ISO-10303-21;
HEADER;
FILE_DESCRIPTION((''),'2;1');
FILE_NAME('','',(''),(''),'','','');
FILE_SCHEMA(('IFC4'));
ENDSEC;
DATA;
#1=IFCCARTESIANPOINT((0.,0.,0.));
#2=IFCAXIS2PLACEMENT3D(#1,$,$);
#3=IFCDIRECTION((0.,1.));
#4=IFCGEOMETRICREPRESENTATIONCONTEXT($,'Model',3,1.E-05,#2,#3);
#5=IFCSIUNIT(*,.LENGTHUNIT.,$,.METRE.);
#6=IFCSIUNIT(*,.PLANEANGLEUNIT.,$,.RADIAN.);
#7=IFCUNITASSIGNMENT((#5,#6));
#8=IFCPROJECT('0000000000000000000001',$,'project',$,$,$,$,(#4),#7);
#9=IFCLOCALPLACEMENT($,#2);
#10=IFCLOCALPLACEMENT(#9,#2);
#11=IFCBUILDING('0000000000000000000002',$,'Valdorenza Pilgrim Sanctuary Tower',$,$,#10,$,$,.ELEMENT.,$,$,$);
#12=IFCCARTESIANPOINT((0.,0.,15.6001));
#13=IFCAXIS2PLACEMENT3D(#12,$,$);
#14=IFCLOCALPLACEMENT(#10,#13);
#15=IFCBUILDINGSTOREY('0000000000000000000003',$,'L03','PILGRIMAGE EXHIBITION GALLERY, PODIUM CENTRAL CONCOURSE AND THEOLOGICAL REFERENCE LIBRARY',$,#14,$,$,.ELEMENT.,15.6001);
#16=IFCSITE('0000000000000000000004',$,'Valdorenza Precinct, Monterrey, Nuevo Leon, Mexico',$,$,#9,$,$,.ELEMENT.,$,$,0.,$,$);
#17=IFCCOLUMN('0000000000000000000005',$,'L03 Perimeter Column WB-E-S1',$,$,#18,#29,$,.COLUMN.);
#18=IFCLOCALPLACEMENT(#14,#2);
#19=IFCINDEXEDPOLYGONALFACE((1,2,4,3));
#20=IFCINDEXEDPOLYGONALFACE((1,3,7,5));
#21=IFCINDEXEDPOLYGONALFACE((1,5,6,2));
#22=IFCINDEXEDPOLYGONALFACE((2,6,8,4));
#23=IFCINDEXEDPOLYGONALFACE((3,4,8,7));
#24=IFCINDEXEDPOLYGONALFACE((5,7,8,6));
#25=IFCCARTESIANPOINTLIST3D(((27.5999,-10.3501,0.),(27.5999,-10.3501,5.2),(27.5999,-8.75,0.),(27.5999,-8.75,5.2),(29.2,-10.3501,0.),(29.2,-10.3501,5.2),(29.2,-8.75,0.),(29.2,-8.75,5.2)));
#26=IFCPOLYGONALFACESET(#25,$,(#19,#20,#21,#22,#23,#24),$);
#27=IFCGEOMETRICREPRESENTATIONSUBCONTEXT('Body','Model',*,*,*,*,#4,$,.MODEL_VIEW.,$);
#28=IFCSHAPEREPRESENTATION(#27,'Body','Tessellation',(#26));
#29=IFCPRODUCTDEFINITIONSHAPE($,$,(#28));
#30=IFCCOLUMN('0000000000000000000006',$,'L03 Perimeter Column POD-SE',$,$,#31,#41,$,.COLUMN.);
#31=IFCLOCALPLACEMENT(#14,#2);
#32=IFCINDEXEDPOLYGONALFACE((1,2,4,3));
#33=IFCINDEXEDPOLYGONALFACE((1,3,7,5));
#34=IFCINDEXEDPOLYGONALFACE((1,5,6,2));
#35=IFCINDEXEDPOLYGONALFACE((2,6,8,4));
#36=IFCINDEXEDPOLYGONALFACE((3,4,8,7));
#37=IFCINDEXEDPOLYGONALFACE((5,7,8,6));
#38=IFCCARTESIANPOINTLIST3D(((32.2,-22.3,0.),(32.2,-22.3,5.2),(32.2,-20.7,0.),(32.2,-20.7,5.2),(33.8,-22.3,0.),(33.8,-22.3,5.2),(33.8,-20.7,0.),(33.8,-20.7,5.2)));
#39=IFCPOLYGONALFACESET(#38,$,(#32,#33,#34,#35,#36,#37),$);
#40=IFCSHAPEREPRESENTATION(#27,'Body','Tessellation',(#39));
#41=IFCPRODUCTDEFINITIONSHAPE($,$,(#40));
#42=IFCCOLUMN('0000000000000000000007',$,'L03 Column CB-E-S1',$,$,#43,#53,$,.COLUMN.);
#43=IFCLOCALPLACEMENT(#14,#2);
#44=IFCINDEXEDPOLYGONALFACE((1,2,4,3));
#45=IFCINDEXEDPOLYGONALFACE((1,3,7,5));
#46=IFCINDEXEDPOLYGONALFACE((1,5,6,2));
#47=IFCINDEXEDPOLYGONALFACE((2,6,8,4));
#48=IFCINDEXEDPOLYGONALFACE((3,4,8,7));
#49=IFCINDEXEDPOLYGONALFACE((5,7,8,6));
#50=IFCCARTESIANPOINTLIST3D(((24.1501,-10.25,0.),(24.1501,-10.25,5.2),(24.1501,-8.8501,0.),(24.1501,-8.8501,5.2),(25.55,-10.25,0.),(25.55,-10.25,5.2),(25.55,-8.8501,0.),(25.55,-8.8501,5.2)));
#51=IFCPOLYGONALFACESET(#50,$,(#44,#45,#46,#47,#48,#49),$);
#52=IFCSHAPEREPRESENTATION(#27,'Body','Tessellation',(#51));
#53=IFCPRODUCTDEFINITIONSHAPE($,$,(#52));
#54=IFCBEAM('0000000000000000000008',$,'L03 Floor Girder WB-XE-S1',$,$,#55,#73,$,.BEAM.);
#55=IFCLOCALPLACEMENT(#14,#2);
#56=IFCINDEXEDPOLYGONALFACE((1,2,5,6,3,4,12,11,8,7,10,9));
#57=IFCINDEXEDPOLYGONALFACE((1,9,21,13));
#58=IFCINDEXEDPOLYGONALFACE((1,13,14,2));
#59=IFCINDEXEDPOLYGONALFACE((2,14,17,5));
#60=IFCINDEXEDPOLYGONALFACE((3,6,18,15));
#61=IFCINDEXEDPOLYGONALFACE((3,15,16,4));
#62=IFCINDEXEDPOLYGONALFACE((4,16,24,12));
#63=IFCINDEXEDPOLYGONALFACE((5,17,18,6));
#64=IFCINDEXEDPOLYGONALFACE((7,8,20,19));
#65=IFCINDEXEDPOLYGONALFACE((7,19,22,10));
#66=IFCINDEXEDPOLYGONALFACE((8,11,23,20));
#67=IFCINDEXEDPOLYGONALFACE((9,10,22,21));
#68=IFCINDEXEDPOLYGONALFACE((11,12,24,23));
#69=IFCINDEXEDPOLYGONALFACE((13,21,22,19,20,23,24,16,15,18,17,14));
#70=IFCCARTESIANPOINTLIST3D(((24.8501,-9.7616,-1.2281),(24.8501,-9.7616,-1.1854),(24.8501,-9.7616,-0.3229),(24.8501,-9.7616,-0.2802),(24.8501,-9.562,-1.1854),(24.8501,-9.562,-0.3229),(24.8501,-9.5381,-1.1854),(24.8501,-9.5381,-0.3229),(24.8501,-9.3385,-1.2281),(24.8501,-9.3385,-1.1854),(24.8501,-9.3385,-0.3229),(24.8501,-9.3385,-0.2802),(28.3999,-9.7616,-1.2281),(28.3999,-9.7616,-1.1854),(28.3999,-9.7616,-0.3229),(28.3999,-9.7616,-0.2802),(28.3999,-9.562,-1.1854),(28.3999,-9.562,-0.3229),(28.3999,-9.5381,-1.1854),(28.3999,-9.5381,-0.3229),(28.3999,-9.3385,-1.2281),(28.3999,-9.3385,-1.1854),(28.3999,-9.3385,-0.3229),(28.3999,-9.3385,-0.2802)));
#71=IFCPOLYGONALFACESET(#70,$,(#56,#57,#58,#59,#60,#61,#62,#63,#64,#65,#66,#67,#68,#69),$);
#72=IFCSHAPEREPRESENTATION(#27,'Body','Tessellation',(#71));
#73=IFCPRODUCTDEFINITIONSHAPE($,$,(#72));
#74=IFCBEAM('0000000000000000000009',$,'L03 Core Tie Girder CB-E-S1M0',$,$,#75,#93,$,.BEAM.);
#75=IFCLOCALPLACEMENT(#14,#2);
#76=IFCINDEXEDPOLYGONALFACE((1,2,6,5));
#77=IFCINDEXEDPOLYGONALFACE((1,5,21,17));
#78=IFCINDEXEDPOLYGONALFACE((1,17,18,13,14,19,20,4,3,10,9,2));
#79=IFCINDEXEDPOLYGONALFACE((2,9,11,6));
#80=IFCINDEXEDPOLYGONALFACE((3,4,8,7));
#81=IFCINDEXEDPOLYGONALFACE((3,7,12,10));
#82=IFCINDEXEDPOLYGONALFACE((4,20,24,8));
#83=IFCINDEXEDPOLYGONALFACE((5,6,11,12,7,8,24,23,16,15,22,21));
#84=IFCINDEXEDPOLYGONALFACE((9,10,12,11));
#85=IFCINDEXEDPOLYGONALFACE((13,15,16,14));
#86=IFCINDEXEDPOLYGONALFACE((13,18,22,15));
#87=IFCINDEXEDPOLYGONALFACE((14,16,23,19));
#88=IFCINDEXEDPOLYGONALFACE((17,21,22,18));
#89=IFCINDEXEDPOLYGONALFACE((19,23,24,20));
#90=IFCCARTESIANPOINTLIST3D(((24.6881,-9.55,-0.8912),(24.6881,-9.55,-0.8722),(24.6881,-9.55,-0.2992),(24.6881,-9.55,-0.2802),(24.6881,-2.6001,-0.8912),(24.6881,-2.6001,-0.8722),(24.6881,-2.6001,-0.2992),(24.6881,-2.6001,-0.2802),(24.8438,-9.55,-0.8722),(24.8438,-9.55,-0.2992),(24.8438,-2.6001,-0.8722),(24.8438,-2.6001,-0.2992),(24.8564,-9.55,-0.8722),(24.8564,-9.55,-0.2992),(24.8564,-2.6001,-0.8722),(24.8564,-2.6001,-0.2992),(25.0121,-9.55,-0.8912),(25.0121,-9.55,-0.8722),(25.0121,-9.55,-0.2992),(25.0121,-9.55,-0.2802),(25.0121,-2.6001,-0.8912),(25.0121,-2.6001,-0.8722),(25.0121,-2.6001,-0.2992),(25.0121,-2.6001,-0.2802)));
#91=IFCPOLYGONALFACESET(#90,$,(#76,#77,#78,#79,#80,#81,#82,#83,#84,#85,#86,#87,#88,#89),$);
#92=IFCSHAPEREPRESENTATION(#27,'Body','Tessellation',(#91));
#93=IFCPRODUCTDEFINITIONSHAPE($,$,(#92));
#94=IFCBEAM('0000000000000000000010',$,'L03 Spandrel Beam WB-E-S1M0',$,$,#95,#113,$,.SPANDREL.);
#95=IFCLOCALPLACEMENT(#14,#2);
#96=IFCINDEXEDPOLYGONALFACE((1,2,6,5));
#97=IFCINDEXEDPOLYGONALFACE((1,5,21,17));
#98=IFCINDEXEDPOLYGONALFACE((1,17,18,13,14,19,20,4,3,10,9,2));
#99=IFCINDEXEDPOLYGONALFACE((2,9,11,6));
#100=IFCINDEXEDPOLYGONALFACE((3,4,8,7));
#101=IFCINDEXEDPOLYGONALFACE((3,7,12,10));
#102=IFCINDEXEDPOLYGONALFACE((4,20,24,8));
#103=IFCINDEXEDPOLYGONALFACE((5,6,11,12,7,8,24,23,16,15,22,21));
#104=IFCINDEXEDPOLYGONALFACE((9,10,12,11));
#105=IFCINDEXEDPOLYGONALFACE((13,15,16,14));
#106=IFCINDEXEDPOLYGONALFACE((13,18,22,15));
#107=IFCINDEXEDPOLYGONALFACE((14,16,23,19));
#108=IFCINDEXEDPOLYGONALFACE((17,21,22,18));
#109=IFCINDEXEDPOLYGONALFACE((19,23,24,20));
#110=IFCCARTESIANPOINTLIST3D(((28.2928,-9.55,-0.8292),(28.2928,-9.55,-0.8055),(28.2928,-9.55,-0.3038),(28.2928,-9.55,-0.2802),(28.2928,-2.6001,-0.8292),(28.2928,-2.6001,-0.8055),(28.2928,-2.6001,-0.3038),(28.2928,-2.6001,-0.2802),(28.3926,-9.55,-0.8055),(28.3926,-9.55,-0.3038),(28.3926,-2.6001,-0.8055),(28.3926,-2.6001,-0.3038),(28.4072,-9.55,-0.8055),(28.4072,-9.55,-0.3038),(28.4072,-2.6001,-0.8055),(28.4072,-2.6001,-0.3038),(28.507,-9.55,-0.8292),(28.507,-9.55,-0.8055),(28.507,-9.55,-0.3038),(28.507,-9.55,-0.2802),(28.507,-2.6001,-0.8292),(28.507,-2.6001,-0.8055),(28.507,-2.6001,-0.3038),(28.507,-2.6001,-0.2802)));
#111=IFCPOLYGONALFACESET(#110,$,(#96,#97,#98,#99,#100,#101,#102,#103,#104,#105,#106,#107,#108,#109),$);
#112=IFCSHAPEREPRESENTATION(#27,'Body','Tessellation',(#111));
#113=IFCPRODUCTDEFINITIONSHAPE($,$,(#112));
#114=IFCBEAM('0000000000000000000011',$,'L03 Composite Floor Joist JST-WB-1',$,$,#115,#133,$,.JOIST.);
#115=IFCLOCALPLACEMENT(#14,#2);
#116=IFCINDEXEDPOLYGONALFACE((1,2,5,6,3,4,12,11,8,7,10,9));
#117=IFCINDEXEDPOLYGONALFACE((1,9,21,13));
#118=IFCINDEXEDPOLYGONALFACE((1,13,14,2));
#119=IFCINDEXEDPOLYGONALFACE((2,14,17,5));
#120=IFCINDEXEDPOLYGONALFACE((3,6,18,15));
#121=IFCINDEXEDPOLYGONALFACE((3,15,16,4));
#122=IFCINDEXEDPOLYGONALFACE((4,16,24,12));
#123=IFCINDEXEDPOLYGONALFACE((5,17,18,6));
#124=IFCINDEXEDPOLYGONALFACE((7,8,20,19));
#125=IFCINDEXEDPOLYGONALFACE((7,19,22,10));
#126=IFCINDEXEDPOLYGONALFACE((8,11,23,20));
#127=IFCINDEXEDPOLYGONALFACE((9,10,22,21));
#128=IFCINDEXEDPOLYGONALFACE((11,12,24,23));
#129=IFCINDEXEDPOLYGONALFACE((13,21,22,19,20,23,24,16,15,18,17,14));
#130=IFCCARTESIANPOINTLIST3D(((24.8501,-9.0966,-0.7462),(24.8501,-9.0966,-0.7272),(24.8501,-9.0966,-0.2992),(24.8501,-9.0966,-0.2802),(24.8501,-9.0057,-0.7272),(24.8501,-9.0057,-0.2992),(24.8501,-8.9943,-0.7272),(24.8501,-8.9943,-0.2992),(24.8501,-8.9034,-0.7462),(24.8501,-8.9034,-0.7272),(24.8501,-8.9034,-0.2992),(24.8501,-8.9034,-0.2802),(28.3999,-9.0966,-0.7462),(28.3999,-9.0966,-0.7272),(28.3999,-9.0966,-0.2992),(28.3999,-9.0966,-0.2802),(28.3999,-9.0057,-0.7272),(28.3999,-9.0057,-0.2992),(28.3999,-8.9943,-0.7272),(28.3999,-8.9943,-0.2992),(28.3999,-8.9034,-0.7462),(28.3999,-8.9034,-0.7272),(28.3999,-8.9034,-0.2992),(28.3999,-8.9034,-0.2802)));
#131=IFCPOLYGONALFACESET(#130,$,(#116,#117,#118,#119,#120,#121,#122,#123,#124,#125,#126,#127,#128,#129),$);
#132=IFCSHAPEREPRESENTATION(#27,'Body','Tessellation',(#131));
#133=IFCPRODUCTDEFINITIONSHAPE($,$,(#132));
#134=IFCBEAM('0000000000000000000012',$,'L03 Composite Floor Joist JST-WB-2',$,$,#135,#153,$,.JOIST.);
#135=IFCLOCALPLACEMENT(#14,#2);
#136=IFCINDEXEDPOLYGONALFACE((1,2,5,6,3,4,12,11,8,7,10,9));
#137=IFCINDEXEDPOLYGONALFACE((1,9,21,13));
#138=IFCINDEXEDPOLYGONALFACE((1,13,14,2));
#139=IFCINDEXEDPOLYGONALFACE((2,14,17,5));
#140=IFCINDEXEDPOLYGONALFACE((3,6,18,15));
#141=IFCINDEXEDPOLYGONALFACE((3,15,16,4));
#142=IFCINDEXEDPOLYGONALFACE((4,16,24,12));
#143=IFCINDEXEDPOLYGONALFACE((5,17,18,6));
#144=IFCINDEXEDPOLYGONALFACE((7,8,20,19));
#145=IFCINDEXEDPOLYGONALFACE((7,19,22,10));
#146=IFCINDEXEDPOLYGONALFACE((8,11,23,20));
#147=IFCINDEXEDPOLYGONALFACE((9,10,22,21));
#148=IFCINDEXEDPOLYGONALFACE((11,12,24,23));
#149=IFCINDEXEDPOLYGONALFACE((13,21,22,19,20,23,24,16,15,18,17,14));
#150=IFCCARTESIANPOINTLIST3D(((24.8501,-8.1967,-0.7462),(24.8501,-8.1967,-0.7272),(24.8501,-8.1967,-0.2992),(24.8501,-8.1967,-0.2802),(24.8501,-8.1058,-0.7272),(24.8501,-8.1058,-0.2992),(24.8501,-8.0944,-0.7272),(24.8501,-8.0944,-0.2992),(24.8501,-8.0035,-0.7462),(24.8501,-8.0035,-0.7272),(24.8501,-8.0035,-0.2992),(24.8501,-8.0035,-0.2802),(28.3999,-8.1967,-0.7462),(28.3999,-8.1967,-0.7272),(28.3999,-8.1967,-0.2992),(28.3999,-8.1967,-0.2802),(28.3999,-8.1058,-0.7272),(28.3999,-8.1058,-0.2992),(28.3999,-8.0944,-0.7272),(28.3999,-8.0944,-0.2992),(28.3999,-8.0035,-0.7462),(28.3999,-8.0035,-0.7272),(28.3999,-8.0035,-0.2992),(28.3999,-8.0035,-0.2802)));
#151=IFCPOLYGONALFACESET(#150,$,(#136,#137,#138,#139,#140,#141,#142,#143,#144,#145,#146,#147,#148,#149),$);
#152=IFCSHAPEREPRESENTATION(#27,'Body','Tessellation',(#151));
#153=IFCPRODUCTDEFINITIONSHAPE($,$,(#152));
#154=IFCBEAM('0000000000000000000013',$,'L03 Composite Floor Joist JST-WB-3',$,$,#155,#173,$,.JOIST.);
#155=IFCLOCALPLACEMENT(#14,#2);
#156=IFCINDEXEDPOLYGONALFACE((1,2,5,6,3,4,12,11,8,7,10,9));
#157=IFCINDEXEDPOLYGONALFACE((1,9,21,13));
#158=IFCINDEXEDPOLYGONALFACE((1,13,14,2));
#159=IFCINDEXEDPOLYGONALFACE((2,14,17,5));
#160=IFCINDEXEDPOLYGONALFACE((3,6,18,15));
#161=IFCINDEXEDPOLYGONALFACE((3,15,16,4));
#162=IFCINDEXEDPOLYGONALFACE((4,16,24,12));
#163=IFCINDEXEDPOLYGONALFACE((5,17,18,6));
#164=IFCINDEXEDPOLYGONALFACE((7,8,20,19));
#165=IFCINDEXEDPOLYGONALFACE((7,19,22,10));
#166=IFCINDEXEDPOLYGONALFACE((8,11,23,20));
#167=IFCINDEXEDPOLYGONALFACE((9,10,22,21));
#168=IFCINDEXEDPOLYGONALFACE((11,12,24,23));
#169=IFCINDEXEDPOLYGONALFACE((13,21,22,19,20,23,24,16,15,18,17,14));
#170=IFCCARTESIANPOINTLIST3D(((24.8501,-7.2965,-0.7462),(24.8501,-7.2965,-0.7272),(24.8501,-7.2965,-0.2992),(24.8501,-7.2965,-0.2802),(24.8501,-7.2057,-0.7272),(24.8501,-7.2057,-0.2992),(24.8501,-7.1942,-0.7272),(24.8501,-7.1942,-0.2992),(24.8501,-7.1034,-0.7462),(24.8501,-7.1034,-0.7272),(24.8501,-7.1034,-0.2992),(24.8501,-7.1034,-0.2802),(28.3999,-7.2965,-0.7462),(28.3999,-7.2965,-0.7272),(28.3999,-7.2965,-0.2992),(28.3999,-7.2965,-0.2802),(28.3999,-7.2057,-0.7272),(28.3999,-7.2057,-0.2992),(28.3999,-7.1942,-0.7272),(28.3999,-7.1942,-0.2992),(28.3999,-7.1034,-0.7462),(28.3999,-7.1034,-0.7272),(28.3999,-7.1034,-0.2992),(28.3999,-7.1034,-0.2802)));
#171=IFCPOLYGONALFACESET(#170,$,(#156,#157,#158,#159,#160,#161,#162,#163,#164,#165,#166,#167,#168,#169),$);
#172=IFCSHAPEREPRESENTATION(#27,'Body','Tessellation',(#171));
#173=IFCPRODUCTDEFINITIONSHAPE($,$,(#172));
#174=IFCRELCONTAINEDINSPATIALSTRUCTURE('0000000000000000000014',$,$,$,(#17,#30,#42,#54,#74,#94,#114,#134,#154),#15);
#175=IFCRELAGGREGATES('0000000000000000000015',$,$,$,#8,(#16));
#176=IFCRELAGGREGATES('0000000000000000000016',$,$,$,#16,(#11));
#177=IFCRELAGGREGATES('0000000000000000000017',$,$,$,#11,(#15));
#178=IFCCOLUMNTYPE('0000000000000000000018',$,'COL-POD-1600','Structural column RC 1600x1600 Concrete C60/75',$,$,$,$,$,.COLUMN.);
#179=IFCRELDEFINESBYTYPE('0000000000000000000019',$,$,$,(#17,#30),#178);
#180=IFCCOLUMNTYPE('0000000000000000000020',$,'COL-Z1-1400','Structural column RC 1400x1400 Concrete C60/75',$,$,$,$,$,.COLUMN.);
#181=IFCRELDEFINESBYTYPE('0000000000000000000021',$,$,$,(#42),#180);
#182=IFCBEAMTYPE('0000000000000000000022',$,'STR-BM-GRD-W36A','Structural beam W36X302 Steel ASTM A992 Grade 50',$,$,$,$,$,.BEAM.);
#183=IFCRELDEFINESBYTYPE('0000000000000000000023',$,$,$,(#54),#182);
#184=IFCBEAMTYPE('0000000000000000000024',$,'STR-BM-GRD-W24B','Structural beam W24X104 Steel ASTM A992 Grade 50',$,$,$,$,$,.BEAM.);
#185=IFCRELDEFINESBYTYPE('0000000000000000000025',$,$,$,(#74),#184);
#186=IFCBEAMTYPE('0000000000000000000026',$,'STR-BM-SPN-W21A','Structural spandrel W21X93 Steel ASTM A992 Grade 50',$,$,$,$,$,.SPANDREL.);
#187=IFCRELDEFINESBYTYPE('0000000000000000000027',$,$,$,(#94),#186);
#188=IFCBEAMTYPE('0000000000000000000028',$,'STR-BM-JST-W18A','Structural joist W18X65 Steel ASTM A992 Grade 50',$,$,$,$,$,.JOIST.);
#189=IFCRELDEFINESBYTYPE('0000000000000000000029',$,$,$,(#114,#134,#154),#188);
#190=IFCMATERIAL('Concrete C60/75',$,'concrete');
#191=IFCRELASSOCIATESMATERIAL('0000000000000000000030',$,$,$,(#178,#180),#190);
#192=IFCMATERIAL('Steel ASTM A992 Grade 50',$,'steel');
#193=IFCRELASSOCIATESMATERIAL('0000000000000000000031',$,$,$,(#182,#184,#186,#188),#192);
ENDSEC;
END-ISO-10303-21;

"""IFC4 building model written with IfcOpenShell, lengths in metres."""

from ifc_helpers import new_model, si_unit, direction, frame, origin, origin_2d, place, context, subcontext, project, spatial, rectangle, i_section, extrude, source, transform, mapped, material, material_profile, profile_set, type_object, element, save


model = new_model("IFC4")

# Units and contexts
model_context = context("Model", 3, precision=1e-05, world=origin(), true_north=direction((0.0, 1.0)))
body_context = subcontext(model_context, "Body", "Model", "MODEL_VIEW")
ifc_project = project(units=[si_unit("LENGTHUNIT", "METRE"), si_unit("PLANEANGLEUNIT", "RADIAN")], contexts=[model_context])

# Site, building, storey
site_placement = place(None, origin())
site = spatial("IfcSite", under=ifc_project, at=site_placement, Name="Valdorenza Precinct, Monterrey, Nuevo Leon, Mexico", CompositionType="ELEMENT", RefElevation=0.0)
building_placement = place(site_placement, origin())
building = spatial("IfcBuilding", under=site, at=building_placement, Name="Valdorenza Pilgrim Sanctuary Tower", CompositionType="ELEMENT")
storey_placement = place(building_placement, frame((0.0, 0.0, 15.6001)))
storey = spatial("IfcBuildingStorey", under=building, at=storey_placement, Name="L03", Description="PILGRIMAGE EXHIBITION GALLERY, PODIUM CENTRAL CONCOURSE AND THEOLOGICAL REFERENCE LIBRARY", CompositionType="ELEMENT", Elevation=15.6001)

# Columns
ifc_material_1 = material(Name="Concrete C60/75", Category="concrete")
ifc_material_profile_1 = material_profile(ifc_material_1, rectangle(XDim=1.6001, YDim=1.6001, at=origin_2d()), Name="RC 1600x1600")
ifc_profile_set_1 = profile_set([ifc_material_profile_1], Name="Concrete C60/75")
column_type_1 = type_object("IfcColumnType", Name="COL-POD-1600", Description="Structural column RC 1600x1600 Concrete C60/75", PredefinedType="COLUMN", material=ifc_profile_set_1)
shared_shape_1 = source(origin(), body_context, "Body", "SweptSolid", [
    extrude(rectangle(XDim=1.6001, YDim=1.6001, at=origin_2d()), origin(), (0.0, 0.0, 1.0), 5.2),
])
for number, where, z_axis, x_axis, name in (
    (1, (28.3999, -9.55, 0.0), (0.0, 0.0, 1.0), (1.0, 0.0, 0.0), "L03 Perimeter Column WB-E-S1"),
    (2, (33.0, -21.5, 0.0), (0.0, 0.0, 1.0), (1.0, 0.0, 0.0), "L03 Perimeter Column POD-SE"),
):
    element("IfcColumn", number, at=place(storey_placement, frame(where, z_axis=z_axis, x_axis=x_axis)), inside=storey, type_object=column_type_1, Name=name, PredefinedType="COLUMN", context=body_context, shape_type="MappedRepresentation", body=[
        mapped(shared_shape_1, transform((0.0, 0.0, 0.0), x_axis=(1.0, 0.0, 0.0), y_axis=(0.0, 1.0, 0.0), z_axis=(0.0, 0.0, 1.0), scale=1.0)),
    ])
ifc_material_profile_2 = material_profile(ifc_material_1, rectangle(XDim=1.3999, YDim=1.3999, at=origin_2d()), Name="RC 1400x1400")
ifc_profile_set_2 = profile_set([ifc_material_profile_2], Name="Concrete C60/75")
column_type_2 = type_object("IfcColumnType", Name="COL-Z1-1400", Description="Structural column RC 1400x1400 Concrete C60/75", PredefinedType="COLUMN", material=ifc_profile_set_2)
shared_shape_2 = source(origin(), body_context, "Body", "SweptSolid", [
    extrude(rectangle(XDim=1.3999, YDim=1.3999, at=origin_2d()), origin(), (0.0, 0.0, 1.0), 5.2),
])
column_placement = place(storey_placement, frame((24.8501, -9.55, 0.0), z_axis=(0.0, 0.0, 1.0), x_axis=(1.0, 0.0, 0.0)))
element("IfcColumn", 3, at=column_placement, inside=storey, type_object=column_type_2, Name="L03 Column CB-E-S1", PredefinedType="COLUMN", context=body_context, shape_type="MappedRepresentation", body=[
    mapped(shared_shape_2, transform((0.0, 0.0, 0.0), x_axis=(1.0, 0.0, 0.0), y_axis=(0.0, 1.0, 0.0), z_axis=(0.0, 0.0, 1.0), scale=1.0)),
])

# Beams
ifc_material_2 = material(Name="Steel ASTM A992 Grade 50", Category="steel")
ifc_material_profile_3 = material_profile(ifc_material_2, i_section(OverallWidth=0.4231, OverallDepth=0.948, WebThickness=0.0239, FlangeThickness=0.0427, at=origin_2d()), Name="W36X302")
ifc_profile_set_3 = profile_set([ifc_material_profile_3], Name="Steel ASTM A992 Grade 50")
beam_type_1 = type_object("IfcBeamType", Name="STR-BM-GRD-W36A", Description="Structural beam W36X302 Steel ASTM A992 Grade 50", PredefinedType="BEAM", material=ifc_profile_set_3)
shared_shape_3 = source(origin(), body_context, "Body", "SweptSolid", [
    extrude(i_section(OverallWidth=0.4231, OverallDepth=0.948, WebThickness=0.0239, FlangeThickness=0.0427, at=origin_2d()), origin(), (0.0, 0.0, 1.0), 3.5498),
])
beam_1_placement = place(storey_placement, frame((24.8501, -9.55, -0.7542), z_axis=(1.0, 0.0, 0.0), x_axis=(0.0, 1.0, 0.0)))
element("IfcBeam", 4, at=beam_1_placement, inside=storey, type_object=beam_type_1, Name="L03 Floor Girder WB-XE-S1", PredefinedType="BEAM", context=body_context, shape_type="MappedRepresentation", body=[
    mapped(shared_shape_3, transform((0.0, 0.0, 0.0), x_axis=(1.0, 0.0, 0.0), y_axis=(0.0, 1.0, 0.0), z_axis=(0.0, 0.0, 1.0), scale=1.0)),
])
ifc_material_profile_4 = material_profile(ifc_material_2, i_section(OverallWidth=0.324, OverallDepth=0.6111, WebThickness=0.0127, FlangeThickness=0.019, at=origin_2d()), Name="W24X104")
ifc_profile_set_4 = profile_set([ifc_material_profile_4], Name="Steel ASTM A992 Grade 50")
beam_type_2 = type_object("IfcBeamType", Name="STR-BM-GRD-W24B", Description="Structural beam W24X104 Steel ASTM A992 Grade 50", PredefinedType="BEAM", material=ifc_profile_set_4)
shared_shape_4 = source(origin(), body_context, "Body", "SweptSolid", [
    extrude(i_section(OverallWidth=0.324, OverallDepth=0.6111, WebThickness=0.0127, FlangeThickness=0.019, at=origin_2d()), origin(), (0.0, 0.0, 1.0), 6.95),
])
beam_2_placement = place(storey_placement, frame((24.8501, -9.55, -0.5857), z_axis=(0.0, 1.0, 0.0), x_axis=(-1.0, 0.0, 0.0)))
element("IfcBeam", 5, at=beam_2_placement, inside=storey, type_object=beam_type_2, Name="L03 Core Tie Girder CB-E-S1M0", PredefinedType="BEAM", context=body_context, shape_type="MappedRepresentation", body=[
    mapped(shared_shape_4, transform((0.0, 0.0, 0.0), x_axis=(1.0, 0.0, 0.0), y_axis=(0.0, 1.0, 0.0), z_axis=(0.0, 0.0, 1.0), scale=1.0)),
])
ifc_material_profile_5 = material_profile(ifc_material_2, i_section(OverallWidth=0.2141, OverallDepth=0.5491, WebThickness=0.0146, FlangeThickness=0.0237, at=origin_2d()), Name="W21X93")
ifc_profile_set_5 = profile_set([ifc_material_profile_5], Name="Steel ASTM A992 Grade 50")
beam_type_3 = type_object("IfcBeamType", Name="STR-BM-SPN-W21A", Description="Structural spandrel W21X93 Steel ASTM A992 Grade 50", PredefinedType="SPANDREL", material=ifc_profile_set_5)
shared_shape_5 = source(origin(), body_context, "Body", "SweptSolid", [
    extrude(i_section(OverallWidth=0.2141, OverallDepth=0.5491, WebThickness=0.0146, FlangeThickness=0.0237, at=origin_2d()), origin(), (0.0, 0.0, 1.0), 6.95),
])
beam_3_placement = place(storey_placement, frame((28.3999, -9.55, -0.5547), z_axis=(0.0, 1.0, 0.0), x_axis=(-1.0, 0.0, 0.0)))
element("IfcBeam", 6, at=beam_3_placement, inside=storey, type_object=beam_type_3, Name="L03 Spandrel Beam WB-E-S1M0", PredefinedType="SPANDREL", context=body_context, shape_type="MappedRepresentation", body=[
    mapped(shared_shape_5, transform((0.0, 0.0, 0.0), x_axis=(1.0, 0.0, 0.0), y_axis=(0.0, 1.0, 0.0), z_axis=(0.0, 0.0, 1.0), scale=1.0)),
])
ifc_material_profile_6 = material_profile(ifc_material_2, i_section(OverallWidth=0.1931, OverallDepth=0.4661, WebThickness=0.0115, FlangeThickness=0.019, at=origin_2d()), Name="W18X65")
ifc_profile_set_6 = profile_set([ifc_material_profile_6], Name="Steel ASTM A992 Grade 50")
beam_type_4 = type_object("IfcBeamType", Name="STR-BM-JST-W18A", Description="Structural joist W18X65 Steel ASTM A992 Grade 50", PredefinedType="JOIST", material=ifc_profile_set_6)
shared_shape_6 = source(origin(), body_context, "Body", "SweptSolid", [
    extrude(i_section(OverallWidth=0.1931, OverallDepth=0.4661, WebThickness=0.0115, FlangeThickness=0.019, at=origin_2d()), origin(), (0.0, 0.0, 1.0), 3.5498),
])
for number, where, z_axis, x_axis, name in (
    (7, (24.8501, -9.0, -0.5132), (1.0, 0.0, 0.0), (0.0, 1.0, 0.0), "L03 Composite Floor Joist JST-WB-1"),
    (8, (24.8501, -8.1001, -0.5132), (1.0, 0.0, 0.0), (0.0, 1.0, 0.0), "L03 Composite Floor Joist JST-WB-2"),
    (9, (24.8501, -7.2, -0.5132), (1.0, 0.0, 0.0), (0.0, 1.0, 0.0), "L03 Composite Floor Joist JST-WB-3"),
):
    element("IfcBeam", number, at=place(storey_placement, frame(where, z_axis=z_axis, x_axis=x_axis)), inside=storey, type_object=beam_type_4, Name=name, PredefinedType="JOIST", context=body_context, shape_type="MappedRepresentation", body=[
        mapped(shared_shape_6, transform((0.0, 0.0, 0.0), x_axis=(1.0, 0.0, 0.0), y_axis=(0.0, 1.0, 0.0), z_axis=(0.0, 0.0, 1.0), scale=1.0)),
    ])

save(model, "model.ifc")
